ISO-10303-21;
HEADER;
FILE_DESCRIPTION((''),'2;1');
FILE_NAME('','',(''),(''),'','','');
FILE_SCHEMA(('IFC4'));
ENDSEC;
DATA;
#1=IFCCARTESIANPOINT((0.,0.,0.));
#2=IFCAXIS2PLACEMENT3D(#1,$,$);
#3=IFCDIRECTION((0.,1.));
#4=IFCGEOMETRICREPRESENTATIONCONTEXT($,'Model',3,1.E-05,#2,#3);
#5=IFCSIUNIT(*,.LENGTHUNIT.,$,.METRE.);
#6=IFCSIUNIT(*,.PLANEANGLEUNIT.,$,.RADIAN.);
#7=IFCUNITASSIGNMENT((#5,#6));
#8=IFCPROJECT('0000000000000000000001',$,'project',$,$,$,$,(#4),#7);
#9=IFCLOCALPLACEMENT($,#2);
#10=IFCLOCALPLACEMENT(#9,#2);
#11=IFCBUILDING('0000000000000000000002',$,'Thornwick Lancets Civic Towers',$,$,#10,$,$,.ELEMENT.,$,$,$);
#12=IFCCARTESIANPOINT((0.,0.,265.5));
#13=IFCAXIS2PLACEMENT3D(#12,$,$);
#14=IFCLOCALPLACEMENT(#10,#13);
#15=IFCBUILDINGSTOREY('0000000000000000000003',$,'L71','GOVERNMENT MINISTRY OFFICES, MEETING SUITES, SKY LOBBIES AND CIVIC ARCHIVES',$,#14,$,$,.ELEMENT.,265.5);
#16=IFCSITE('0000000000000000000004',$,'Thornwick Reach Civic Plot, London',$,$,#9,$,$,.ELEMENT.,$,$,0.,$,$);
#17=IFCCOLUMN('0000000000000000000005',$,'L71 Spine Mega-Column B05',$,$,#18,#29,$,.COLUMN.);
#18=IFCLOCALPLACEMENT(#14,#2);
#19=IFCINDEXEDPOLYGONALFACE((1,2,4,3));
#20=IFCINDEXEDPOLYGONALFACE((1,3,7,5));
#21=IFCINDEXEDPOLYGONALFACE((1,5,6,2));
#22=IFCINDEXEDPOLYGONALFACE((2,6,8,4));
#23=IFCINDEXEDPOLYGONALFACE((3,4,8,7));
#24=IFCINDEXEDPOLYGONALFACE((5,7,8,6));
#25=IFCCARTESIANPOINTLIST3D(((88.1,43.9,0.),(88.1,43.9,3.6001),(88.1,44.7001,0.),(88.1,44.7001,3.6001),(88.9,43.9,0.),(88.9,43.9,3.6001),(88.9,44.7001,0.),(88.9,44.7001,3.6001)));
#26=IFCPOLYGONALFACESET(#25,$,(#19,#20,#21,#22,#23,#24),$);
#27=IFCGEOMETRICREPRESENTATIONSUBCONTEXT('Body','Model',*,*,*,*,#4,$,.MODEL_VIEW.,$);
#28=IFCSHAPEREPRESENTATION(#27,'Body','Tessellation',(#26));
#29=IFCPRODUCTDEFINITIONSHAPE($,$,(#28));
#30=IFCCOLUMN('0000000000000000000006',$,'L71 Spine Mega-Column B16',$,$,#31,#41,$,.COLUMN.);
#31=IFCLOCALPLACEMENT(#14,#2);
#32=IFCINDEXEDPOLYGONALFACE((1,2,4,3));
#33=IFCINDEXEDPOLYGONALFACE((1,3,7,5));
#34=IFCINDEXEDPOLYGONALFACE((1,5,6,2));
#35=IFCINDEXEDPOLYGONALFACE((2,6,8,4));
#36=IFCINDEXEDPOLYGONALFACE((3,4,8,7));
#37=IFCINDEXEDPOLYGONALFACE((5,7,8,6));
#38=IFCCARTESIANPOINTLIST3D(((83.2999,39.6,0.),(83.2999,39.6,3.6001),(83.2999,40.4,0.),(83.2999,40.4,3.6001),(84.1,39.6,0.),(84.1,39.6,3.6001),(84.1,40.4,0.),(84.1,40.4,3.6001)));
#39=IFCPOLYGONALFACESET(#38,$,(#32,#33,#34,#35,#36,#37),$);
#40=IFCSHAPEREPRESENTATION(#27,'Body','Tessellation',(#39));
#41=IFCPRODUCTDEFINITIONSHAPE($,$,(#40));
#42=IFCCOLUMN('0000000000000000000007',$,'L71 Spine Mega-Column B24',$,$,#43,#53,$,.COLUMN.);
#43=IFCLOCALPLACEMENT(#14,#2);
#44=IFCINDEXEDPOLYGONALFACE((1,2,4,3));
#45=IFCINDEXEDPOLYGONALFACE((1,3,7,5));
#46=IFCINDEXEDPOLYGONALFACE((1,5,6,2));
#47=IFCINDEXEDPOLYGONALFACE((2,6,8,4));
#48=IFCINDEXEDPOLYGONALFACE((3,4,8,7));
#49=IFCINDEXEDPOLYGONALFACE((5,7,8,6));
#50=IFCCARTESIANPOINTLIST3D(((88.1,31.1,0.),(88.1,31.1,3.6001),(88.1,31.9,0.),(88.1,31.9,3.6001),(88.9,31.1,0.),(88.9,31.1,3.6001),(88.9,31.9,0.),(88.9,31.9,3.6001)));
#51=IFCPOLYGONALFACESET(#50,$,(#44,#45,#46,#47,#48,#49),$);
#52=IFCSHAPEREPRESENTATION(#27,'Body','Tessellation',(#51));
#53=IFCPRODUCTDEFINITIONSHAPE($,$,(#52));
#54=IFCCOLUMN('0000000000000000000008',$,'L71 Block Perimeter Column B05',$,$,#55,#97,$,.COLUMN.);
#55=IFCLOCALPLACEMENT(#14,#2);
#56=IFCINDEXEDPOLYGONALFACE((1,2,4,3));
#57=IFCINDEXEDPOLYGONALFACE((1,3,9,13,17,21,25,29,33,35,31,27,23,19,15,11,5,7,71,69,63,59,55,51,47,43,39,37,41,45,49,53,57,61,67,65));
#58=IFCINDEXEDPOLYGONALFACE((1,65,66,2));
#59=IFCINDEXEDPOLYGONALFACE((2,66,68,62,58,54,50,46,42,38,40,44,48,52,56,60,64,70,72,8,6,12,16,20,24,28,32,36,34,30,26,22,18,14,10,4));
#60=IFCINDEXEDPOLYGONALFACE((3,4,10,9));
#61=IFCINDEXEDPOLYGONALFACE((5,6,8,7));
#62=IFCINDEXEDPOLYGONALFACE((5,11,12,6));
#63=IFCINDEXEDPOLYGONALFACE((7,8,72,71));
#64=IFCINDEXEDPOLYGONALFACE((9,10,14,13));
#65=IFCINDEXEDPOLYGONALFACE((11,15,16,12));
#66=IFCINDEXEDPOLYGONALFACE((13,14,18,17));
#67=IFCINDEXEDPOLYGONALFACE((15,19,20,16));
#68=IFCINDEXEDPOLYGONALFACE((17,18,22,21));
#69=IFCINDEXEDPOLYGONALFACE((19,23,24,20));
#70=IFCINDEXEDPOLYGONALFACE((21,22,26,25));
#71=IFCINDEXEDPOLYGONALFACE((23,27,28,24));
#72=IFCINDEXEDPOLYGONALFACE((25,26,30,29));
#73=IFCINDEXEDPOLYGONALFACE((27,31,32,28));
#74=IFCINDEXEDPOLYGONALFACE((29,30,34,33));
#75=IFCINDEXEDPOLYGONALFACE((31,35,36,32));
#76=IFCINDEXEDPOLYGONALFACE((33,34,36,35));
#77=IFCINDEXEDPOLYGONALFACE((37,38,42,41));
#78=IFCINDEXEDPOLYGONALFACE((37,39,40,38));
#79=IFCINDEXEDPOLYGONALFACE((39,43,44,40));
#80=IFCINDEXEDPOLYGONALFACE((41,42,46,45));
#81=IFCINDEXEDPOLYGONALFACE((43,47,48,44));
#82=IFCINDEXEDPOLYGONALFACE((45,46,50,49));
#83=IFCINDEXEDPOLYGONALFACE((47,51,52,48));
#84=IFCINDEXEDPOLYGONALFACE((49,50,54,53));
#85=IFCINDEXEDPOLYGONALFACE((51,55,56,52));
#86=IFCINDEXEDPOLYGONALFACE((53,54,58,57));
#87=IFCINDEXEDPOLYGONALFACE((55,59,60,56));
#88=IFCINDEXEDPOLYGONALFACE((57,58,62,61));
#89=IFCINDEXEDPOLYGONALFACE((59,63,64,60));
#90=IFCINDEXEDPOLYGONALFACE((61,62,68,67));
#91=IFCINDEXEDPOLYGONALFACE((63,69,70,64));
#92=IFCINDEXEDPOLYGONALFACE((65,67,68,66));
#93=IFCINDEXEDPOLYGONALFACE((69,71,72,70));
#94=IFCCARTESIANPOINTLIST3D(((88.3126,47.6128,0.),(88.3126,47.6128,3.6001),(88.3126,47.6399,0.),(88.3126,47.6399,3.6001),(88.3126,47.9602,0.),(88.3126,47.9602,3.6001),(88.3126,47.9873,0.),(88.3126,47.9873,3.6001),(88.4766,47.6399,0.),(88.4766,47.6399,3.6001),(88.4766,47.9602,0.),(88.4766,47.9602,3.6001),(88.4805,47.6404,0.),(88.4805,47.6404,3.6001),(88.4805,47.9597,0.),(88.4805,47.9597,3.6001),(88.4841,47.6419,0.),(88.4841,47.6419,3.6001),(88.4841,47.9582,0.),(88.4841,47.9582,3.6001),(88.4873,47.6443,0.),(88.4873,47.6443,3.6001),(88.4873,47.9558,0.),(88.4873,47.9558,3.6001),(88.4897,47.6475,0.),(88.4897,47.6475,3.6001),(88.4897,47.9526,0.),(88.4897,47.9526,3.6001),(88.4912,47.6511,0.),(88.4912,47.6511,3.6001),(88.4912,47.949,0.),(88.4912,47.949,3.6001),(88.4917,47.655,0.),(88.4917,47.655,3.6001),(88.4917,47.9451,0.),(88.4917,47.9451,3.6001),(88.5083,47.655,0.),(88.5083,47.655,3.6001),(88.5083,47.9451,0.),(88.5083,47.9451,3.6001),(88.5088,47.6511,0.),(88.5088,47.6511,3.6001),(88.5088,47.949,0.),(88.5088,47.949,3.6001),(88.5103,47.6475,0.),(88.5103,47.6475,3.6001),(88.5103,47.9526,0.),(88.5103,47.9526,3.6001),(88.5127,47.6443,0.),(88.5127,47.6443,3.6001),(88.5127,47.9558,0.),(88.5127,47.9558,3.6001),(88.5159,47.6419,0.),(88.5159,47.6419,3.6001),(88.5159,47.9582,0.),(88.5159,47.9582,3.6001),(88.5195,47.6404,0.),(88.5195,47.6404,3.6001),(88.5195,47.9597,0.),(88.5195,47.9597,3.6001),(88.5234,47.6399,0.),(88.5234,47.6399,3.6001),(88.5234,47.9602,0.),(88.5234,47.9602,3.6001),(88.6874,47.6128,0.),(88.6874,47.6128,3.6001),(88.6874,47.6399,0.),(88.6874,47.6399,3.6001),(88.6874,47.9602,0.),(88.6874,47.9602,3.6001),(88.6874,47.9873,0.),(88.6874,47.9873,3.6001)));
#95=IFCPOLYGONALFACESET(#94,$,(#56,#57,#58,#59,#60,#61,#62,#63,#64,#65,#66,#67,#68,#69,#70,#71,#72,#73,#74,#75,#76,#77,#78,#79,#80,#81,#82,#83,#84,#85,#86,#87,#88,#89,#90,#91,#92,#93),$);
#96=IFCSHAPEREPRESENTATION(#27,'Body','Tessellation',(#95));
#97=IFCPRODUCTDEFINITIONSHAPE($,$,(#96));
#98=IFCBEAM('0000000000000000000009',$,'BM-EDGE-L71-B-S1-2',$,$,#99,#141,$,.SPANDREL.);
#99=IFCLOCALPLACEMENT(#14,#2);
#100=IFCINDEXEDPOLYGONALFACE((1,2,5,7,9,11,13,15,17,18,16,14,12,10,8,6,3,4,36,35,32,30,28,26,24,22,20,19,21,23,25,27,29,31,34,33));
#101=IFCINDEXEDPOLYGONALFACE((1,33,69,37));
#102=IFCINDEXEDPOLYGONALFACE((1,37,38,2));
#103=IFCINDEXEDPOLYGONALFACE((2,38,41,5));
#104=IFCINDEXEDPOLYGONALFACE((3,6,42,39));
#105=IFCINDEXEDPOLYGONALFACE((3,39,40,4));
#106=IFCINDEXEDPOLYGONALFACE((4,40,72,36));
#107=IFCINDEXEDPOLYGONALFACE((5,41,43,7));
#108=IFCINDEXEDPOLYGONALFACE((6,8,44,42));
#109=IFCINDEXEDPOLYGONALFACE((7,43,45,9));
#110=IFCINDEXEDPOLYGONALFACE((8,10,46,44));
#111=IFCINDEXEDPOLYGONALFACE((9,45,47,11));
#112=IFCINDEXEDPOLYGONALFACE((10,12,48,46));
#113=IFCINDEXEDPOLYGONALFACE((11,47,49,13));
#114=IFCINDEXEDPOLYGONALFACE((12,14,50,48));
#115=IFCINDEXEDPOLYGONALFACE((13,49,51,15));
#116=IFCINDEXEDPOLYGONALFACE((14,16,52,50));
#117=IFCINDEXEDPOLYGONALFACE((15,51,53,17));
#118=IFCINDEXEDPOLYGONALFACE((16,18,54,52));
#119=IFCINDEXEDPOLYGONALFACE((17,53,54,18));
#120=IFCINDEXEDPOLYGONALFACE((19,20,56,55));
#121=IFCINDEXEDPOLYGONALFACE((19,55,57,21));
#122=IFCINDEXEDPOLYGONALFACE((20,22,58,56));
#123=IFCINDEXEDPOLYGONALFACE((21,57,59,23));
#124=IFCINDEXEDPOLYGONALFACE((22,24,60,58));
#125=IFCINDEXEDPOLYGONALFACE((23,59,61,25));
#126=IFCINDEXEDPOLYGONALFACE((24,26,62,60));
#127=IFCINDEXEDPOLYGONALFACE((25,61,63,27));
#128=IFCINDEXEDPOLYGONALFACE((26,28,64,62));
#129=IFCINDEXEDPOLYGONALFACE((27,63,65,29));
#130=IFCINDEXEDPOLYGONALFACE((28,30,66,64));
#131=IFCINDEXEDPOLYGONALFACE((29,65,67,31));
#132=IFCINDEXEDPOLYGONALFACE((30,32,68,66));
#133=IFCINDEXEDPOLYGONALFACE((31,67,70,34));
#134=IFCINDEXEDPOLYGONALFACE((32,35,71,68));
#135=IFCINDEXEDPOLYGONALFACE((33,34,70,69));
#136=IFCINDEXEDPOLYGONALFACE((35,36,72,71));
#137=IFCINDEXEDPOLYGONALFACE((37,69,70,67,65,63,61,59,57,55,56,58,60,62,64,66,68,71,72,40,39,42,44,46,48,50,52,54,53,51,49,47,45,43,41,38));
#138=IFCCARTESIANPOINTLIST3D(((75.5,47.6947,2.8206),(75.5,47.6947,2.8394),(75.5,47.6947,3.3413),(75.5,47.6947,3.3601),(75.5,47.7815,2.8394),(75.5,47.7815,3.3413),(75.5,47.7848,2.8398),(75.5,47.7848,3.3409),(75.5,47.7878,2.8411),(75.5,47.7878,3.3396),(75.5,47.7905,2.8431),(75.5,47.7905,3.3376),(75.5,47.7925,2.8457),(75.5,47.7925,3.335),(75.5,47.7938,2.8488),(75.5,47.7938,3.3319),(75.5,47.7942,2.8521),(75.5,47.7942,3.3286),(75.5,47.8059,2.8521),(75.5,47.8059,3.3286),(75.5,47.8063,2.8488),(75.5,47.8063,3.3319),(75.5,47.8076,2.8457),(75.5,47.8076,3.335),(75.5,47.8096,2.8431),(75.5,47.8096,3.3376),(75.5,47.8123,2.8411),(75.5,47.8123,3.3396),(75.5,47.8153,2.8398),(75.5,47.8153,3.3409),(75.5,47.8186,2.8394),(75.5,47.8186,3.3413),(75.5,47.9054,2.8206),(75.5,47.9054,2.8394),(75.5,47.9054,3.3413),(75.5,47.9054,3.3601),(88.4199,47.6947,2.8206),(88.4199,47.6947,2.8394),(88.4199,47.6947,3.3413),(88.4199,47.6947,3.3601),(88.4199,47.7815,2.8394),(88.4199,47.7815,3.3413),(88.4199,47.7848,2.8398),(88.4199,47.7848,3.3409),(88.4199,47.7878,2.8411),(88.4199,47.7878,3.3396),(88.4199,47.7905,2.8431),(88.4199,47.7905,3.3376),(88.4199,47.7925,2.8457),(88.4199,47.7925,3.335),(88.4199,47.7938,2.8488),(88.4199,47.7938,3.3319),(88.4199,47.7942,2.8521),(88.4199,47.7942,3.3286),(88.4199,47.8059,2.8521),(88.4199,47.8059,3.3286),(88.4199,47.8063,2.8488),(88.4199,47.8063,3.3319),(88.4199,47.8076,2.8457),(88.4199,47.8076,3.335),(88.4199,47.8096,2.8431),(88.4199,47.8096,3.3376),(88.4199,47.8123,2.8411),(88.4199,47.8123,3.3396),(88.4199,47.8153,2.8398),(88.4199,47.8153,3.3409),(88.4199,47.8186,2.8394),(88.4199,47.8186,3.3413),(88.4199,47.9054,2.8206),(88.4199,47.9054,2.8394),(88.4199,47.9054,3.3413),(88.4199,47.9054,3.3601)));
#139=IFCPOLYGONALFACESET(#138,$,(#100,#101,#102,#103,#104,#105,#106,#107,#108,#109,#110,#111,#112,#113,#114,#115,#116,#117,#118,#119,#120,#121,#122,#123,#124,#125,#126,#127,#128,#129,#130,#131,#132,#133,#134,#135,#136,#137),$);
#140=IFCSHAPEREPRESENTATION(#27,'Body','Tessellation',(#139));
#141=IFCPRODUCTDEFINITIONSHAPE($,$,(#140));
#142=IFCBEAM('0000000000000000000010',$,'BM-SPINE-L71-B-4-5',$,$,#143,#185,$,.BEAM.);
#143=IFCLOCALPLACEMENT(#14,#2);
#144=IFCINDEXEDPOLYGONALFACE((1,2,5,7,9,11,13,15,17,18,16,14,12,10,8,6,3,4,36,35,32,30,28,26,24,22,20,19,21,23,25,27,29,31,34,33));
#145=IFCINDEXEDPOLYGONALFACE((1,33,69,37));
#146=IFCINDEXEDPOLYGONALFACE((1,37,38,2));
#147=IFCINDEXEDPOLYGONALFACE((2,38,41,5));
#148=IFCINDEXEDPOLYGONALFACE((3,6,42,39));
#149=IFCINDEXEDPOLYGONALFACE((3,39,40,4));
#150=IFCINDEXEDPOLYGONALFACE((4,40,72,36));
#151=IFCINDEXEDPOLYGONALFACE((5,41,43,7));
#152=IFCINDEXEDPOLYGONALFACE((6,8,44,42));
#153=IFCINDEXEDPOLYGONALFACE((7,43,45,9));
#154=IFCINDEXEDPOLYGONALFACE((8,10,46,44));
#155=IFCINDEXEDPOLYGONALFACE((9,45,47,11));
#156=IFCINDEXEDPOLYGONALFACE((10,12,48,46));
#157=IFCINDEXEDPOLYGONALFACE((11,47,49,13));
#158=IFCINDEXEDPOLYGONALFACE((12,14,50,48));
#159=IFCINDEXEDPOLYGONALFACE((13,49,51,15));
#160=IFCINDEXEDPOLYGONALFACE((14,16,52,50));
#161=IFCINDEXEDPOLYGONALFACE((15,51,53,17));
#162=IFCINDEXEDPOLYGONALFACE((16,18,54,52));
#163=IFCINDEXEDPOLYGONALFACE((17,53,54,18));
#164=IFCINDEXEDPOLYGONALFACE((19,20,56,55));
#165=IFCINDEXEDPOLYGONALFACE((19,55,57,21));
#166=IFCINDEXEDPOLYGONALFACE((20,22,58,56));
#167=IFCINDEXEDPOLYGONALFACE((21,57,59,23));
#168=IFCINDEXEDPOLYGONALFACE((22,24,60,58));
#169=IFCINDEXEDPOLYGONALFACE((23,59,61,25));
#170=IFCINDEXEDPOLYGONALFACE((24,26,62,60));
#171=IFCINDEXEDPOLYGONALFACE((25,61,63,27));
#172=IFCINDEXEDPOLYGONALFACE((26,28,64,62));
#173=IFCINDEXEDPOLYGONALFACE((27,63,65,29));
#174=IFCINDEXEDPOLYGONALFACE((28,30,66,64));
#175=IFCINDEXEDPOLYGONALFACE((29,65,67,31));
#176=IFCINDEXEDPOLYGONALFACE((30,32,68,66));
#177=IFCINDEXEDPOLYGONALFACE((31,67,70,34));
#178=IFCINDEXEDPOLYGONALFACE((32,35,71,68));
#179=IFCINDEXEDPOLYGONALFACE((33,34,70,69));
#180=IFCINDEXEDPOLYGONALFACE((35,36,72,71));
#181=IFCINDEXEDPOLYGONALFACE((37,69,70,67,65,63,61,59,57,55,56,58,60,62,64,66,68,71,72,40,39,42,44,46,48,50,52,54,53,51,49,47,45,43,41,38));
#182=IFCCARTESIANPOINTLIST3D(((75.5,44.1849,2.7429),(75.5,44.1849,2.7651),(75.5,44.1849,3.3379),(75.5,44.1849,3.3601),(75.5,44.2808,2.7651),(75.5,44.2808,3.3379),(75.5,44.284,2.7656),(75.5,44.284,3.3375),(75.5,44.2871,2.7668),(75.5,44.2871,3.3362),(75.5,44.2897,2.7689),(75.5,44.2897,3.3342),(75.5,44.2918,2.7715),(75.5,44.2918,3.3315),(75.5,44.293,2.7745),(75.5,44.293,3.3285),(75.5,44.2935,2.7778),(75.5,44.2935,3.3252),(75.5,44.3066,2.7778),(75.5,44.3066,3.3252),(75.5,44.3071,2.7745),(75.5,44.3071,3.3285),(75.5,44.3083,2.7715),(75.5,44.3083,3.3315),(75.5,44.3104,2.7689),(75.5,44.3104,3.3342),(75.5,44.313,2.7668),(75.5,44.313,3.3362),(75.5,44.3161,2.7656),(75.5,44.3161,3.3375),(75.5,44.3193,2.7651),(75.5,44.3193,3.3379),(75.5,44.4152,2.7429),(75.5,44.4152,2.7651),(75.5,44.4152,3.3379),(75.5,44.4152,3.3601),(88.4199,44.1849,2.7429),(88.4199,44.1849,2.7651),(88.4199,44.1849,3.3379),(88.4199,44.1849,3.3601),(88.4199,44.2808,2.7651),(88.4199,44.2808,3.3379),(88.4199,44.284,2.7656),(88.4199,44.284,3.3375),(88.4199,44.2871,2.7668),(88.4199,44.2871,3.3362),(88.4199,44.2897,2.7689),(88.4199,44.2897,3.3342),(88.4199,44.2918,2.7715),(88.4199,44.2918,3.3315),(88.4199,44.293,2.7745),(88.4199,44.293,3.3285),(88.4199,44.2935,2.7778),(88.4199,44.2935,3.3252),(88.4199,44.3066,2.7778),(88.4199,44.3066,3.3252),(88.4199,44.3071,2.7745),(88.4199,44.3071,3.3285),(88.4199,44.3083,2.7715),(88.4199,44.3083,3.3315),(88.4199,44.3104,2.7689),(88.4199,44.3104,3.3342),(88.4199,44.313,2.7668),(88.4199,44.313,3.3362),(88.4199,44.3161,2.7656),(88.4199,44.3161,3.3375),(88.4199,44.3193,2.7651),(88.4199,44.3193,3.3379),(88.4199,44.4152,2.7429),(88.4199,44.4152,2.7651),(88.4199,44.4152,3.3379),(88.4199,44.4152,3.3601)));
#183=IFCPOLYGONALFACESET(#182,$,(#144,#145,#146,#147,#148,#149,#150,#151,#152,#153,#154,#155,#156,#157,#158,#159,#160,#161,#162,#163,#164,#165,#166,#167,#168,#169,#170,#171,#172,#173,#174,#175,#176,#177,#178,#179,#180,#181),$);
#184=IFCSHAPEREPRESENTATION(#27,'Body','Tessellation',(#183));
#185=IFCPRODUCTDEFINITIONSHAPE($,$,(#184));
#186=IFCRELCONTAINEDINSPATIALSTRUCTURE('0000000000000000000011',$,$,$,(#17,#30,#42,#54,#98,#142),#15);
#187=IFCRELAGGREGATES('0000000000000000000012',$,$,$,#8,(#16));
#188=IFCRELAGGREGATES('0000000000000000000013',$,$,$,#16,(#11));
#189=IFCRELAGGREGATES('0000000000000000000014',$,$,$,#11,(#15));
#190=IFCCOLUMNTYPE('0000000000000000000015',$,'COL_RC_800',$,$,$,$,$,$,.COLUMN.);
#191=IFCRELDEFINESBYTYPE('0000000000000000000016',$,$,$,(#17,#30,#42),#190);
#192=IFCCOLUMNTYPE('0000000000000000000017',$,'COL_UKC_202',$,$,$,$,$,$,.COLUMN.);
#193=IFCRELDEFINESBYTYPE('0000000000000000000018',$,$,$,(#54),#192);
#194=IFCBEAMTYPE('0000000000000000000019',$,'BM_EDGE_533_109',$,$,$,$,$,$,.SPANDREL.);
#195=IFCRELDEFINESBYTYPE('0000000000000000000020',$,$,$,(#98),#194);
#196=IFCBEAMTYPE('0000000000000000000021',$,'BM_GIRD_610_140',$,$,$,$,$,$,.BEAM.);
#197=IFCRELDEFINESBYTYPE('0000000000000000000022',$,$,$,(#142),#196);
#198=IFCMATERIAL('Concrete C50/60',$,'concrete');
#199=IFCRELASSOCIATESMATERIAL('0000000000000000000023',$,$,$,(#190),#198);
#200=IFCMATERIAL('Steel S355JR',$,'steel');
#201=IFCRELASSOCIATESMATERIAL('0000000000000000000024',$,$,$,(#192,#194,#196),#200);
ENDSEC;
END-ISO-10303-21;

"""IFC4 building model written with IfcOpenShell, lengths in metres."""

from ifc_helpers import new_model, si_unit, direction, frame, origin, origin_2d, place, context, subcontext, project, spatial, rectangle, i_section, extrude, material, material_profile, profile_set, type_object, element, save


model = new_model("IFC4")

# Units and contexts
model_context = context("Model", 3, precision=1e-05, world=origin(), true_north=direction((0.0, 1.0)))
body_context = subcontext(model_context, "Body", "Model", "MODEL_VIEW")
ifc_project = project(units=[si_unit("LENGTHUNIT", "METRE"), si_unit("PLANEANGLEUNIT", "RADIAN")], contexts=[model_context])

# Site, building, storey
site_placement = place(None, origin())
site = spatial("IfcSite", under=ifc_project, at=site_placement, Name="Thornwick Reach Civic Plot, London", CompositionType="ELEMENT", RefElevation=0.0)
building_placement = place(site_placement, origin())
building = spatial("IfcBuilding", under=site, at=building_placement, Name="Thornwick Lancets Civic Towers", CompositionType="ELEMENT")
storey_placement = place(building_placement, frame((0.0, 0.0, 265.5)))
storey = spatial("IfcBuildingStorey", under=building, at=storey_placement, Name="L71", Description="GOVERNMENT MINISTRY OFFICES, MEETING SUITES, SKY LOBBIES AND CIVIC ARCHIVES", CompositionType="ELEMENT", Elevation=265.5)

# Columns
ifc_material_1 = material(Name="Concrete C50/60", Category="concrete")
ifc_material_profile_1 = material_profile(ifc_material_1, rectangle(XDim=0.8, YDim=0.8, at=origin_2d()), Name="RC 800x800")
ifc_profile_set_1 = profile_set([ifc_material_profile_1], Name="Concrete C50/60")
column_type_1 = type_object("IfcColumnType", Name="COL_RC_800", PredefinedType="COLUMN", material=ifc_profile_set_1)
for number, where, z_axis, x_axis, name in (
    (1, (88.5, 44.3, 0.0), (0.0, 0.0, 1.0), (1.0, 0.0, 0.0), "L71 Spine Mega-Column B05"),
    (2, (83.7, 40.0, 0.0), (0.0, 0.0, 1.0), (1.0, 0.0, 0.0), "L71 Spine Mega-Column B16"),
    (3, (88.5, 31.5, 0.0), (0.0, 0.0, 1.0), (1.0, 0.0, 0.0), "L71 Spine Mega-Column B24"),
):
    element("IfcColumn", number, at=place(storey_placement, frame(where, z_axis=z_axis, x_axis=x_axis)), inside=storey, type_object=column_type_1, Name=name, PredefinedType="COLUMN", context=body_context, shape_type="SweptSolid", body=[
        extrude(rectangle(XDim=0.8, YDim=0.8, at=origin_2d()), origin(), (0.0, 0.0, 1.0), 3.6001),
    ])
ifc_material_2 = material(Name="Steel S355JR", Category="steel")
ifc_material_profile_2 = material_profile(ifc_material_2, i_section(OverallWidth=0.3748, OverallDepth=0.3745, WebThickness=0.0166, FlangeThickness=0.0271, FilletRadius=0.0151, at=origin_2d()), Name="UKC 356x368x202")
ifc_profile_set_2 = profile_set([ifc_material_profile_2], Name="Steel S355JR")
column_type_2 = type_object("IfcColumnType", Name="COL_UKC_202", PredefinedType="COLUMN", material=ifc_profile_set_2)
column_placement = place(storey_placement, frame((88.5, 47.8, 0.0), z_axis=(0.0, 0.0, 1.0), x_axis=(1.0, 0.0, 0.0)))
element("IfcColumn", 4, at=column_placement, inside=storey, type_object=column_type_2, Name="L71 Block Perimeter Column B05", PredefinedType="COLUMN", context=body_context, shape_type="SweptSolid", body=[
    extrude(i_section(OverallWidth=0.3748, OverallDepth=0.3745, WebThickness=0.0166, FlangeThickness=0.0271, FilletRadius=0.0151, at=origin_2d()), origin(), (0.0, 0.0, 1.0), 3.6001),
])

# Beams
ifc_material_profile_3 = material_profile(ifc_material_2, i_section(OverallWidth=0.2107, OverallDepth=0.5396, WebThickness=0.0117, FlangeThickness=0.0188, FilletRadius=0.0127, at=origin_2d()), Name="UKB 533x210x109")
ifc_profile_set_3 = profile_set([ifc_material_profile_3], Name="Steel S355JR")
beam_type_1 = type_object("IfcBeamType", Name="BM_EDGE_533_109", PredefinedType="SPANDREL", material=ifc_profile_set_3)
beam_1_placement = place(storey_placement, frame((88.4199, 47.8, 3.0903), z_axis=(-1.0, 0.0, 0.0), x_axis=(0.0, -1.0, 0.0)))
element("IfcBeam", 5, at=beam_1_placement, inside=storey, type_object=beam_type_1, Name="BM-EDGE-L71-B-S1-2", PredefinedType="SPANDREL", context=body_context, shape_type="SweptSolid", body=[
    extrude(i_section(OverallWidth=0.2107, OverallDepth=0.5396, WebThickness=0.0117, FlangeThickness=0.0188, FilletRadius=0.0127, at=origin_2d()), origin(), (0.0, 0.0, 1.0), 12.9199),
])
ifc_material_profile_4 = material_profile(ifc_material_2, i_section(OverallWidth=0.2302, OverallDepth=0.6172, WebThickness=0.0132, FlangeThickness=0.0222, FilletRadius=0.0127, at=origin_2d()), Name="UKB 610x229x140")
ifc_profile_set_4 = profile_set([ifc_material_profile_4], Name="Steel S355JR")
beam_type_2 = type_object("IfcBeamType", Name="BM_GIRD_610_140", PredefinedType="BEAM", material=ifc_profile_set_4)
beam_2_placement = place(storey_placement, frame((88.4199, 44.3, 3.0515), z_axis=(-1.0, 0.0, 0.0), x_axis=(0.0, -1.0, 0.0)))
element("IfcBeam", 6, at=beam_2_placement, inside=storey, type_object=beam_type_2, Name="BM-SPINE-L71-B-4-5", PredefinedType="BEAM", context=body_context, shape_type="SweptSolid", body=[
    extrude(i_section(OverallWidth=0.2302, OverallDepth=0.6172, WebThickness=0.0132, FlangeThickness=0.0222, FilletRadius=0.0127, at=origin_2d()), origin(), (0.0, 0.0, 1.0), 12.9199),
])

save(model, "model.ifc")
